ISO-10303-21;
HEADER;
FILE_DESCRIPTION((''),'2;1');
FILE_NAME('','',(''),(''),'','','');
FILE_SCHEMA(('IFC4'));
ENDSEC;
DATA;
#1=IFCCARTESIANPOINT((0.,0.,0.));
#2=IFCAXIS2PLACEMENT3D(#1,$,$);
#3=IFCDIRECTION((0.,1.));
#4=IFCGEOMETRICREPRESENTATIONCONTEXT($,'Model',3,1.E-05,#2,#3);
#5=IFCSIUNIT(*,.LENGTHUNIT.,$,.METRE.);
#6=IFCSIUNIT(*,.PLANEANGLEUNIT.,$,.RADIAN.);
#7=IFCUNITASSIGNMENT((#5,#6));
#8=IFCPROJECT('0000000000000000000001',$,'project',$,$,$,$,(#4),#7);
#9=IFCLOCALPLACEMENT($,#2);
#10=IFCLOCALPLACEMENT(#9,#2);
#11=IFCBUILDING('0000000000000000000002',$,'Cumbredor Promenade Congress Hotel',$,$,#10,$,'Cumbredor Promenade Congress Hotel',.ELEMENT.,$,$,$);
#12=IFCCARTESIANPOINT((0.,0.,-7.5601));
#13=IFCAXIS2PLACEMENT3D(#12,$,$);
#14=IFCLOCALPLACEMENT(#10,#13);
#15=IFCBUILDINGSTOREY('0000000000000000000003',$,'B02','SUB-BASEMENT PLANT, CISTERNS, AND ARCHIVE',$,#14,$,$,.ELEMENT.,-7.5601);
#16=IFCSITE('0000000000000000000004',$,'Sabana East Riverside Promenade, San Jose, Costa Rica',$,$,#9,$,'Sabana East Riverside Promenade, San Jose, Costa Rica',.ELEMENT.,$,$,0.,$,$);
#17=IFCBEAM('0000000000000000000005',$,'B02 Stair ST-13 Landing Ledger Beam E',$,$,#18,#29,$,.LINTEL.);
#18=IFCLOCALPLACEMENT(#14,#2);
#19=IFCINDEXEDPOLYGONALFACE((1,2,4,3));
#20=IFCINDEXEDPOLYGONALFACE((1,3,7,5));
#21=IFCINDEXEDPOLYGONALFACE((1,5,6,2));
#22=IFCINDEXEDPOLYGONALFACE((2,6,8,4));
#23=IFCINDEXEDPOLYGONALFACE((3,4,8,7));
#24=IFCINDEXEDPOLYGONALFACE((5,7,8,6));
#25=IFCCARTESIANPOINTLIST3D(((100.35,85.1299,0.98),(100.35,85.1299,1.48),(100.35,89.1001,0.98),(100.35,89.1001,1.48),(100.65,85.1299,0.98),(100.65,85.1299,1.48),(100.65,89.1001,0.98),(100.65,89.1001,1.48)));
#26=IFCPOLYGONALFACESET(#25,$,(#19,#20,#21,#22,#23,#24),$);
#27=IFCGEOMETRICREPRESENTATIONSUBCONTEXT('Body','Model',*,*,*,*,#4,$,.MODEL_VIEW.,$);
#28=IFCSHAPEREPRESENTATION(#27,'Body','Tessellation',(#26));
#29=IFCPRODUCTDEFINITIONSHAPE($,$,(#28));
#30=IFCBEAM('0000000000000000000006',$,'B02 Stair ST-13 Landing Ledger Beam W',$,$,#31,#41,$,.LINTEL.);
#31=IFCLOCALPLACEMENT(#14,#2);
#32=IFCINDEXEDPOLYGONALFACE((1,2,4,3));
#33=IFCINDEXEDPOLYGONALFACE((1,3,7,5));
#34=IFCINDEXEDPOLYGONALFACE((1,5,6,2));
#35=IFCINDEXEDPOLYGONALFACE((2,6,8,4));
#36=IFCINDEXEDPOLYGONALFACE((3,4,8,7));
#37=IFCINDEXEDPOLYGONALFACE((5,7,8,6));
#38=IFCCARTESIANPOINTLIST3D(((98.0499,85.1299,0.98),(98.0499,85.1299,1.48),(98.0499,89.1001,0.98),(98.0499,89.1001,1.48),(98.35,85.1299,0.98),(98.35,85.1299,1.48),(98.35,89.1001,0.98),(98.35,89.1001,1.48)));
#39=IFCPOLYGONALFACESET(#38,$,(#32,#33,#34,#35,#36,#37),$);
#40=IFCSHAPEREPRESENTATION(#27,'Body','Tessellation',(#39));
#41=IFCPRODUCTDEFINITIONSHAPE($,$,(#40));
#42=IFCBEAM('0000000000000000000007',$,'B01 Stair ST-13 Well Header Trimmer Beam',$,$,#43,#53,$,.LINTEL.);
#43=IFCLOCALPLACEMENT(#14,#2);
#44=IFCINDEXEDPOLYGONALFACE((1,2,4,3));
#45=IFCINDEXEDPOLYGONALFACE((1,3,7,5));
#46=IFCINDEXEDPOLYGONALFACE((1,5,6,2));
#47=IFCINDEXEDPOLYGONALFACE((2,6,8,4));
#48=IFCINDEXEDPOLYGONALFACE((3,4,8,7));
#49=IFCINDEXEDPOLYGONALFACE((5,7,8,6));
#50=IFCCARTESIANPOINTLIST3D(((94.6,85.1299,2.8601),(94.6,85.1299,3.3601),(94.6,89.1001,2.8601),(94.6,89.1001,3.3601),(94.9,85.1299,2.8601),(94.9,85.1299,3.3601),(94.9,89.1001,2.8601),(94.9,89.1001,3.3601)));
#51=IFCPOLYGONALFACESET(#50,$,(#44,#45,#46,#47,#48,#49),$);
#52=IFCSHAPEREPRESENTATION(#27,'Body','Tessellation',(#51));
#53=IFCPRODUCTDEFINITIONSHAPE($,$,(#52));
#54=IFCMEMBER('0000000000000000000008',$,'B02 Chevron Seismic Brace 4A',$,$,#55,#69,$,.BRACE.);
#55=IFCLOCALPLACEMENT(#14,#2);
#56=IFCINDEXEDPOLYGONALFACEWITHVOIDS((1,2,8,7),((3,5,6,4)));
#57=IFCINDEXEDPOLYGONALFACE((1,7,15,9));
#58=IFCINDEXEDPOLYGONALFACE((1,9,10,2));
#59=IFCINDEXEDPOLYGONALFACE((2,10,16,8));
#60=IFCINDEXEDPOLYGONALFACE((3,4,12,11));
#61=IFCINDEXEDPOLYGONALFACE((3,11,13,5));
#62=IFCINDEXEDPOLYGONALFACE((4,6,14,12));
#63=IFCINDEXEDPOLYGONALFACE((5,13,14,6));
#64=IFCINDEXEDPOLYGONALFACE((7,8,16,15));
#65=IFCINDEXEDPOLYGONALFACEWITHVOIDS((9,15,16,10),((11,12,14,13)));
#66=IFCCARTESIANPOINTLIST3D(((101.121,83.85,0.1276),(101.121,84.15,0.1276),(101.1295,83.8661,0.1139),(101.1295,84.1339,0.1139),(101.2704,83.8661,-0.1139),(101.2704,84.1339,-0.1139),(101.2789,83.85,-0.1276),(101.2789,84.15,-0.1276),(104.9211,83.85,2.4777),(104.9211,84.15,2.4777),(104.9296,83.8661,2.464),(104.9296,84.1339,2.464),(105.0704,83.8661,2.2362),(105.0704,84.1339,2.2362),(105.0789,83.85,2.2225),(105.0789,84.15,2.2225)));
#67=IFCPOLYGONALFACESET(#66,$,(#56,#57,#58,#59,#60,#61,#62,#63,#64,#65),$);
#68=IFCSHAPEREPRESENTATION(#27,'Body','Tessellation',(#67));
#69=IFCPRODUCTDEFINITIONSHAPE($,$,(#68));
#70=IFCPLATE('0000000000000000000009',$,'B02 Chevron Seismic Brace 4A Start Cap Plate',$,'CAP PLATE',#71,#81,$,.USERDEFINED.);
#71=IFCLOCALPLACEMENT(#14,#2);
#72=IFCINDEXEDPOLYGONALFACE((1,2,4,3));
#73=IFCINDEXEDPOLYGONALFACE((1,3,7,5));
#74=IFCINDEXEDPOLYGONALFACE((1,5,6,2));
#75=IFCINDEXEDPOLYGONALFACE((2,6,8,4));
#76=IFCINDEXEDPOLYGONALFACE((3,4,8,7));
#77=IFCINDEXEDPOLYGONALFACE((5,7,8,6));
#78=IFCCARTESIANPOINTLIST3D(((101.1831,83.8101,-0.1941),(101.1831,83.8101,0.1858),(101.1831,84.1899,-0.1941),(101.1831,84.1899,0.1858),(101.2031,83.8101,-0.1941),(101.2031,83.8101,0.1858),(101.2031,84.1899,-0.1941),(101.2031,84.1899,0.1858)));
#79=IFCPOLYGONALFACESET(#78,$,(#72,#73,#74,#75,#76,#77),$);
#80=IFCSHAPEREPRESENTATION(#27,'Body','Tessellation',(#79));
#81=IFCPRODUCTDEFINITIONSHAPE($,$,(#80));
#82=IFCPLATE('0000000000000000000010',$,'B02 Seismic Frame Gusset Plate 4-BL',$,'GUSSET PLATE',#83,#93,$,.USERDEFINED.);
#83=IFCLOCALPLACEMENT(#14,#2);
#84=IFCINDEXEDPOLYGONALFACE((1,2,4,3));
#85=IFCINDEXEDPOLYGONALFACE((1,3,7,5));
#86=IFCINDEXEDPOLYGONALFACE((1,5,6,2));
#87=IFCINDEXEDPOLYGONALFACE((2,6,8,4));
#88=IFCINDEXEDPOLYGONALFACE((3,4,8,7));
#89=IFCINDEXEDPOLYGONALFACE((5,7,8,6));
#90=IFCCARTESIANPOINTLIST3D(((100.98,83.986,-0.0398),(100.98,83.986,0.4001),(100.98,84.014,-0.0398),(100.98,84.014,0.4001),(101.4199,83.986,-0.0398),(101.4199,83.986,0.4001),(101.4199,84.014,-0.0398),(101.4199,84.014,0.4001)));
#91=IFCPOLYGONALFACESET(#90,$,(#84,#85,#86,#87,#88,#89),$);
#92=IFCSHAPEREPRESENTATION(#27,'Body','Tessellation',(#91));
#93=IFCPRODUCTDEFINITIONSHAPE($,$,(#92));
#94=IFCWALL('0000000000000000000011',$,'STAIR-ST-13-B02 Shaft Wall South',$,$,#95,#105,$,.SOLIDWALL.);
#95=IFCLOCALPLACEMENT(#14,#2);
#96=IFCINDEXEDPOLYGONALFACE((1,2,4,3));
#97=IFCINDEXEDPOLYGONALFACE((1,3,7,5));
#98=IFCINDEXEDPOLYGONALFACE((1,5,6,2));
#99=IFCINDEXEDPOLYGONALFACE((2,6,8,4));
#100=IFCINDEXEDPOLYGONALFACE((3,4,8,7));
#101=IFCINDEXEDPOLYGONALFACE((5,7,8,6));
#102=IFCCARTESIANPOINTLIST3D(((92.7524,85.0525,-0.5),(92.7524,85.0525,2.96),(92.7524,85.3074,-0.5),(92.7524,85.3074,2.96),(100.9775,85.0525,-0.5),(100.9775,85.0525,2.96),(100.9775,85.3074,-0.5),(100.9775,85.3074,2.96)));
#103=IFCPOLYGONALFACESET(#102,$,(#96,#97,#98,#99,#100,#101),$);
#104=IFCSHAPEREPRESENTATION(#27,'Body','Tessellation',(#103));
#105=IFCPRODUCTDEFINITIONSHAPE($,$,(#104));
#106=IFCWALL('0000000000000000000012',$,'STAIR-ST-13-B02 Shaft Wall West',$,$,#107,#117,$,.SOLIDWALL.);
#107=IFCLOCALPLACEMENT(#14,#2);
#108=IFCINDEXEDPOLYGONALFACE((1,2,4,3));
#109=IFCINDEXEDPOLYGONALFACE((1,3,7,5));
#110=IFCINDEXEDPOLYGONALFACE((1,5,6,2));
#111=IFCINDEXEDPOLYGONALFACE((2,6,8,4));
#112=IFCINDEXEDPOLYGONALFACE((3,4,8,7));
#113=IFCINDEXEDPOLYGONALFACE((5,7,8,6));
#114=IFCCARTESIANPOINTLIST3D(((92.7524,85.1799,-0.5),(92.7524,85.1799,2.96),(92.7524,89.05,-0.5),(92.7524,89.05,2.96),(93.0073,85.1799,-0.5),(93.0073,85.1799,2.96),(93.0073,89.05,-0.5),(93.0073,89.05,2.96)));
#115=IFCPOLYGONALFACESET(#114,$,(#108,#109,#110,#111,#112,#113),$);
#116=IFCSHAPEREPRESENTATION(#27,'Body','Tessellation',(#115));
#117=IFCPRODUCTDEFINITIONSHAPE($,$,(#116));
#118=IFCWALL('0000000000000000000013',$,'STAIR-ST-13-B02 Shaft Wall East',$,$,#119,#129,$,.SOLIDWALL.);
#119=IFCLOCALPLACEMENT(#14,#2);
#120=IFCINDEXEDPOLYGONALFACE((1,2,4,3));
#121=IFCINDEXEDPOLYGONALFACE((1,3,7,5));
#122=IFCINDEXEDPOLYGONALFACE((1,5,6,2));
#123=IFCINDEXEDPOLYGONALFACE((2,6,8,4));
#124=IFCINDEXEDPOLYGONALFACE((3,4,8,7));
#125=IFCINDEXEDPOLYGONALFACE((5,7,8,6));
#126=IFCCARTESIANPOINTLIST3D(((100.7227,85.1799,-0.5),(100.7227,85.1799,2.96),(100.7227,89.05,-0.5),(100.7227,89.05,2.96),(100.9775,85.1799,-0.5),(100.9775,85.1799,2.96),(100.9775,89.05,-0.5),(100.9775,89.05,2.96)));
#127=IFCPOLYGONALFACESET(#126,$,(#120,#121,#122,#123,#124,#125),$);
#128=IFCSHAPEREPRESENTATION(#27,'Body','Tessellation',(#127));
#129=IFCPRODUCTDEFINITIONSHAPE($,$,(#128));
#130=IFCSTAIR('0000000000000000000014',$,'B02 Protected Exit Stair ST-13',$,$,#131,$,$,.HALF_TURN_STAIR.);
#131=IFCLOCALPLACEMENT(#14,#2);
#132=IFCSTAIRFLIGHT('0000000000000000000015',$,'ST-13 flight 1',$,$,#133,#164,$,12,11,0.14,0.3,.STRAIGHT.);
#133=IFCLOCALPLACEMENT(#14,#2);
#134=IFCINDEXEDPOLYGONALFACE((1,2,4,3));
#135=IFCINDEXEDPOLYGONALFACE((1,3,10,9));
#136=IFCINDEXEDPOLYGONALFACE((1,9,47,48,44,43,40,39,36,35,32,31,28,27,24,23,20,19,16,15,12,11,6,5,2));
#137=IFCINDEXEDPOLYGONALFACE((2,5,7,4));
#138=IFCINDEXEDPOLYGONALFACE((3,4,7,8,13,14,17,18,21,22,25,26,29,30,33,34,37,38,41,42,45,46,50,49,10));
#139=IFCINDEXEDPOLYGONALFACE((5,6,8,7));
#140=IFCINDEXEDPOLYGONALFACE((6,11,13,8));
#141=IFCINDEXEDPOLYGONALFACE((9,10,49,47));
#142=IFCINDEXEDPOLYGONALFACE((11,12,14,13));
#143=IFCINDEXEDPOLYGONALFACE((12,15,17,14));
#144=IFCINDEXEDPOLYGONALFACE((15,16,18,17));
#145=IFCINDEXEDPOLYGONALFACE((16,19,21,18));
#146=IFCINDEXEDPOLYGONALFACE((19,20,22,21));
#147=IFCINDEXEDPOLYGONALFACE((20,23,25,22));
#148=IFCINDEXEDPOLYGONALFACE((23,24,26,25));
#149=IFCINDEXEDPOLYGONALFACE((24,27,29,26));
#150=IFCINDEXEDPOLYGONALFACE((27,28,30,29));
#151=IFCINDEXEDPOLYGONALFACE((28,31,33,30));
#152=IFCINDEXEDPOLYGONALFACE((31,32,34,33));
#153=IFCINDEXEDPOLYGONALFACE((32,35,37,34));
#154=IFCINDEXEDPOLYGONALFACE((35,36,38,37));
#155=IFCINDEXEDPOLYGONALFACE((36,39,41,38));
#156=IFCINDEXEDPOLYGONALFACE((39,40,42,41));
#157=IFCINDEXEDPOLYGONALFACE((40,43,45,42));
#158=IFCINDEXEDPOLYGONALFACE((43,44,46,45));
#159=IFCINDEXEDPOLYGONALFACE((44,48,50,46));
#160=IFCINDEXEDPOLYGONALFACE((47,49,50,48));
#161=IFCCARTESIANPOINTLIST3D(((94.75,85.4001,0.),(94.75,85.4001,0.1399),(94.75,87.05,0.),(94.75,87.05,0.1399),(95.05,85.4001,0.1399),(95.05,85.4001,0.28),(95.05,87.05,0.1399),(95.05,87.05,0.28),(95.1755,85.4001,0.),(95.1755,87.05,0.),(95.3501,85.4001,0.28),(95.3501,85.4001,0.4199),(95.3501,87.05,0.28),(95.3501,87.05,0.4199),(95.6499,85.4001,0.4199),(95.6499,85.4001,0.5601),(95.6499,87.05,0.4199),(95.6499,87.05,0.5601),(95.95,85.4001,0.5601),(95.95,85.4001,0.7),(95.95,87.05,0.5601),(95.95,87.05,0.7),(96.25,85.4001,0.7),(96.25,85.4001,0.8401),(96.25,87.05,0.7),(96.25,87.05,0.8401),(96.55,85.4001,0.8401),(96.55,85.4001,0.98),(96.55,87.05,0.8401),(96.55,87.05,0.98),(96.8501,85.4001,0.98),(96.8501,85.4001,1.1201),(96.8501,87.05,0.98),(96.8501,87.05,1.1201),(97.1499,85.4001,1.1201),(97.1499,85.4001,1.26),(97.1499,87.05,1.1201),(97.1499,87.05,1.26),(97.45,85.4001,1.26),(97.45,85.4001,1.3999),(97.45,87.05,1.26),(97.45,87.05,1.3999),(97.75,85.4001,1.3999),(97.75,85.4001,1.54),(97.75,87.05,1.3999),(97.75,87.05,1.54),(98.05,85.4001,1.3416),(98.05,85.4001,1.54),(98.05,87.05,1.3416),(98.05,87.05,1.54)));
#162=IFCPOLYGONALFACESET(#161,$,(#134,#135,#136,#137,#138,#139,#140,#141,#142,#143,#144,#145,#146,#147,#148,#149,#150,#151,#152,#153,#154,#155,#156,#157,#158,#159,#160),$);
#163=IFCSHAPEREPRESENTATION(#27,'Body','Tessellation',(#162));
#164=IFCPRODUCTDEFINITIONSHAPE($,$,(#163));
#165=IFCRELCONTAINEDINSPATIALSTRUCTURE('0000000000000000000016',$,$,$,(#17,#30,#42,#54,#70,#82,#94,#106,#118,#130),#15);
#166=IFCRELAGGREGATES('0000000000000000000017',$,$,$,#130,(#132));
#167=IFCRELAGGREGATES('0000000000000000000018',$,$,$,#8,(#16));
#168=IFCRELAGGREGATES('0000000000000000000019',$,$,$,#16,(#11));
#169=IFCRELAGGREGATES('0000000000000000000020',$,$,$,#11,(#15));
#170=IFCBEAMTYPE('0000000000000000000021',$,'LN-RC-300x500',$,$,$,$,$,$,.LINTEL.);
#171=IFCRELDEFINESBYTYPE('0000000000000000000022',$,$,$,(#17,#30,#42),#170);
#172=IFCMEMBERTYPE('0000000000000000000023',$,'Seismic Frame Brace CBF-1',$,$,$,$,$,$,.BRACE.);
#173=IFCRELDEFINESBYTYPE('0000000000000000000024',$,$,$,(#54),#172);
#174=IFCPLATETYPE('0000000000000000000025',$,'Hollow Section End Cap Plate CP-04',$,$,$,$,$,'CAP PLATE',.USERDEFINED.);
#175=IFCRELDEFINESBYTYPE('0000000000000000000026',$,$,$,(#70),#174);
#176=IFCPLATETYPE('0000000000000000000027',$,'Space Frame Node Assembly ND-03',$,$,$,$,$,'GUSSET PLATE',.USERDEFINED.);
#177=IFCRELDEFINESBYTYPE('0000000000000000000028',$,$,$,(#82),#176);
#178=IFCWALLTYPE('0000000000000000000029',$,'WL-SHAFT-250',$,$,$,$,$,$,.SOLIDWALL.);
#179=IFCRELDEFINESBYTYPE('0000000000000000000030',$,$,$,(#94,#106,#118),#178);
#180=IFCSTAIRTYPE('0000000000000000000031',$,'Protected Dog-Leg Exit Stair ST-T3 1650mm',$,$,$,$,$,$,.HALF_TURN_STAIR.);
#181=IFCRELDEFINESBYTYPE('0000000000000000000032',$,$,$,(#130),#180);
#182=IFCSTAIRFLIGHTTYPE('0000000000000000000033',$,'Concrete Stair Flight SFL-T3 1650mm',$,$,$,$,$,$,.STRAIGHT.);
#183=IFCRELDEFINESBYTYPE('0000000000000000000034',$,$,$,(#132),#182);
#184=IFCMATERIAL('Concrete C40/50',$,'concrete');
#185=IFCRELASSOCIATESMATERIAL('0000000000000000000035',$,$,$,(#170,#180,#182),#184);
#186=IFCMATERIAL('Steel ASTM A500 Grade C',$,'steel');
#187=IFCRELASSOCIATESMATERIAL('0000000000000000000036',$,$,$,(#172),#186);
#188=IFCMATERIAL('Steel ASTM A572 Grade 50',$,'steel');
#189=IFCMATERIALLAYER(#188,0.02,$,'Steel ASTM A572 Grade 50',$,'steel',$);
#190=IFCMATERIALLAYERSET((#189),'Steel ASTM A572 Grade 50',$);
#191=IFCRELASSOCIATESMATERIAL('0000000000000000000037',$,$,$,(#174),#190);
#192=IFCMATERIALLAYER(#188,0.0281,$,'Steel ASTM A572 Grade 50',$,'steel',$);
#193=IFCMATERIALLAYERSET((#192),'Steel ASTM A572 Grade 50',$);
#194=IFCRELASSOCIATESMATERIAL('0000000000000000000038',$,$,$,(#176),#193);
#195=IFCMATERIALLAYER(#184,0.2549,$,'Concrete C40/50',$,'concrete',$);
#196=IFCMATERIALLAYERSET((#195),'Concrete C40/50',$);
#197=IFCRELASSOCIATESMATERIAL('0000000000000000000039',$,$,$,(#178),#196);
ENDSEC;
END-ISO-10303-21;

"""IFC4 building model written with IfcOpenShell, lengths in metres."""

from ifc_helpers import new_model, si_unit, direction, frame, frame_2d, origin, origin_2d, place, context, subcontext, project, spatial, polyline, rectangle, hollow_rectangle, outline, extrude, material, layer, layer_set, material_profile, profile_set, type_object, element, aggregate, save


model = new_model("IFC4")

# Units and contexts
model_context = context("Model", 3, precision=1e-05, world=origin(), true_north=direction((0.0, 1.0)))
body_context = subcontext(model_context, "Body", "Model", "MODEL_VIEW")
ifc_project = project(units=[si_unit("LENGTHUNIT", "METRE"), si_unit("PLANEANGLEUNIT", "RADIAN")], contexts=[model_context])

# Site, building, storey
site_placement = place(None, origin())
site = spatial("IfcSite", under=ifc_project, at=site_placement, Name="Sabana East Riverside Promenade, San Jose, Costa Rica", LongName="Sabana East Riverside Promenade, San Jose, Costa Rica", CompositionType="ELEMENT", RefElevation=0.0)
building_placement = place(site_placement, origin())
building = spatial("IfcBuilding", under=site, at=building_placement, Name="Cumbredor Promenade Congress Hotel", LongName="Cumbredor Promenade Congress Hotel", CompositionType="ELEMENT")
storey_placement = place(building_placement, frame((0.0, 0.0, -7.5601)))
storey = spatial("IfcBuildingStorey", under=building, at=storey_placement, Name="B02", Description="SUB-BASEMENT PLANT, CISTERNS, AND ARCHIVE", CompositionType="ELEMENT", Elevation=-7.5601)

# Shared definitions
ifc_material_1 = material(Name="Concrete C40/50", Category="concrete")

# Beams
ifc_material_profile_1 = material_profile(ifc_material_1, rectangle(XDim=0.3, YDim=0.5, at=origin_2d()), Name="RC LINTEL 300x500")
ifc_profile_set_1 = profile_set([ifc_material_profile_1], Name="Concrete C40/50")
beam_type_1 = type_object("IfcBeamType", Name="LN-RC-300x500", PredefinedType="LINTEL", material=ifc_profile_set_1)
for number, where, z_axis, x_axis, name in (
    (1, (100.5, 85.1299, 1.23), (0.0, 1.0, 0.0), (-1.0, 0.0, 0.0), "B02 Stair ST-13 Landing Ledger Beam E"),
    (2, (98.2, 85.1299, 1.23), (0.0, 1.0, 0.0), (-1.0, 0.0, 0.0), "B02 Stair ST-13 Landing Ledger Beam W"),
    (3, (94.75, 85.1299, 3.1101), (0.0, 1.0, 0.0), (-1.0, 0.0, 0.0), "B01 Stair ST-13 Well Header Trimmer Beam"),
):
    element("IfcBeam", number, at=place(storey_placement, frame(where, z_axis=z_axis, x_axis=x_axis)), inside=storey, type_object=beam_type_1, Name=name, PredefinedType="LINTEL", context=body_context, shape_type="SweptSolid", body=[
        extrude(rectangle(XDim=0.3, YDim=0.5, at=origin_2d()), origin(), (0.0, 0.0, 1.0), 3.9702),
    ])

# Member
ifc_material_2 = material(Name="Steel ASTM A500 Grade C", Category="steel")
ifc_material_profile_2 = material_profile(ifc_material_2, hollow_rectangle(XDim=0.3, YDim=0.3, WallThickness=0.0161, at=origin_2d()), Name="HSS 300x300x16")
ifc_profile_set_2 = profile_set([ifc_material_profile_2], Name="Steel ASTM A500 Grade C")
member_type = type_object("IfcMemberType", Name="Seismic Frame Brace CBF-1", PredefinedType="BRACE", material=ifc_profile_set_2)
member_placement = place(storey_placement, frame((101.2, 84.0, 0.0), z_axis=(0.850497, 0.0, 0.52598), x_axis=(0.0, 1.0, 0.0)))
element("IfcMember", 4, at=member_placement, inside=storey, type_object=member_type, Name="B02 Chevron Seismic Brace 4A", PredefinedType="BRACE", context=body_context, shape_type="SweptSolid", body=[
    extrude(hollow_rectangle(XDim=0.3, YDim=0.3, WallThickness=0.0161, at=origin_2d()), origin(), (0.0, 0.0, 1.0), 4.468),
])

# Plates
ifc_material_3 = material(Name="Steel ASTM A572 Grade 50", Category="steel")
ifc_layer_1 = layer(ifc_material_3, 0.02, Name="Steel ASTM A572 Grade 50", Category="steel")
ifc_layer_set_1 = layer_set([ifc_layer_1], Name="Steel ASTM A572 Grade 50")
plate_type_1 = type_object("IfcPlateType", Name="Hollow Section End Cap Plate CP-04", ElementType="CAP PLATE", PredefinedType="USERDEFINED", material=ifc_layer_set_1)
plate_1_placement = place(storey_placement, frame((101.1931, 84.0, -0.1941), z_axis=(0.0, 0.0, 1.0), x_axis=(1.0, 0.0, 0.0)))
element("IfcPlate", 5, at=plate_1_placement, inside=storey, type_object=plate_type_1, Name="B02 Chevron Seismic Brace 4A Start Cap Plate", ObjectType="CAP PLATE", PredefinedType="USERDEFINED", context=body_context, shape_type="SweptSolid", body=[
    extrude(rectangle(XDim=0.02, YDim=0.3799, at=origin_2d()), origin(), (0.0, 0.0, 1.0), 0.3799),
])
ifc_layer_2 = layer(ifc_material_3, 0.0281, Name="Steel ASTM A572 Grade 50", Category="steel")
ifc_layer_set_2 = layer_set([ifc_layer_2], Name="Steel ASTM A572 Grade 50")
plate_type_2 = type_object("IfcPlateType", Name="Space Frame Node Assembly ND-03", ElementType="GUSSET PLATE", PredefinedType="USERDEFINED", material=ifc_layer_set_2)
plate_2_placement = place(storey_placement, frame((101.2, 84.0, -0.0398), z_axis=(0.0, 0.0, 1.0), x_axis=(1.0, 0.0, 0.0)))
element("IfcPlate", 6, at=plate_2_placement, inside=storey, type_object=plate_type_2, Name="B02 Seismic Frame Gusset Plate 4-BL", ObjectType="GUSSET PLATE", PredefinedType="USERDEFINED", context=body_context, shape_type="SweptSolid", body=[
    extrude(rectangle(XDim=0.4399, YDim=0.0281, at=origin_2d()), origin(), (0.0, 0.0, 1.0), 0.4399),
])

# Walls
ifc_layer_3 = layer(ifc_material_1, 0.2549, Name="Concrete C40/50", Category="concrete")
ifc_layer_set_3 = layer_set([ifc_layer_3], Name="Concrete C40/50")
wall_type = type_object("IfcWallType", Name="WL-SHAFT-250", PredefinedType="SOLIDWALL", material=ifc_layer_set_3)
wall_placement = place(storey_placement, frame((92.7524, 85.1799, -0.5), z_axis=(0.0, 0.0, 1.0), x_axis=(1.0, 0.0, 0.0)))
element("IfcWall", 7, at=wall_placement, inside=storey, type_object=wall_type, Name="STAIR-ST-13-B02 Shaft Wall South", PredefinedType="SOLIDWALL", context=body_context, shape_type="SweptSolid", body=[
    extrude(rectangle(XDim=8.2251, YDim=0.2549, at=frame_2d((4.1125, 0.0))), origin(), (0.0, 0.0, 1.0), 3.46),
])
for number, where, z_axis, x_axis, name in (
    (8, (92.8799, 85.1799, -0.5), (0.0, 0.0, 1.0), (0.0, 1.0, 0.0), "STAIR-ST-13-B02 Shaft Wall West"),
    (9, (100.8501, 85.1799, -0.5), (0.0, 0.0, 1.0), (0.0, 1.0, 0.0), "STAIR-ST-13-B02 Shaft Wall East"),
):
    element("IfcWall", number, at=place(storey_placement, frame(where, z_axis=z_axis, x_axis=x_axis)), inside=storey, type_object=wall_type, Name=name, PredefinedType="SOLIDWALL", context=body_context, shape_type="SweptSolid", body=[
        extrude(rectangle(XDim=3.8701, YDim=0.2549, at=frame_2d((1.9351, 0.0))), origin(), (0.0, 0.0, 1.0), 3.46),
    ])

# Stair, stair flight
stair_type = type_object("IfcStairType", Name="Protected Dog-Leg Exit Stair ST-T3 1650mm", PredefinedType="HALF_TURN_STAIR", material=ifc_material_1)
stair_placement = place(storey_placement, origin())
stair = element("IfcStair", 10, at=stair_placement, inside=storey, type_object=stair_type, Name="B02 Protected Exit Stair ST-13", PredefinedType="HALF_TURN_STAIR")
stair_flight_type = type_object("IfcStairFlightType", Name="Concrete Stair Flight SFL-T3 1650mm", PredefinedType="STRAIGHT", material=ifc_material_1)
stair_flight_1_placement = place(storey_placement, frame((94.75, 86.2251, 0.0), z_axis=(0.0, 0.0, 1.0), x_axis=(1.0, 0.0, 0.0)))
stair_flight_1 = element("IfcStairFlight", 11, at=stair_flight_1_placement, type_object=stair_flight_type, Name="ST-13 flight 1", NumberOfRisers=12, NumberOfTreads=11, PredefinedType="STRAIGHT", RiserHeight=0.14, TreadLength=0.3, context=body_context, shape_type="SweptSolid", body=[
    extrude(outline(polyline([(0.0, 0.0), (0.0, 0.1399), (0.3, 0.1399), (0.3, 0.28), (0.6001, 0.28), (0.6001, 0.4199), (0.8999, 0.4199), (0.8999, 0.5601), (1.2, 0.5601), (1.2, 0.7), (1.5, 0.7), (1.5, 0.8401), (1.8, 0.8401), (1.8, 0.98), (2.1001, 0.98), (2.1001, 1.1201), (2.3999, 1.1201), (2.3999, 1.26), (2.7, 1.26), (2.7, 1.3999), (3.0, 1.3999), (3.0, 1.54), (3.3, 1.54), (3.3, 1.6799), (3.3, 1.3416), (0.4255, 0.0), (0.0, 0.0)])), frame((0.0, 0.825, 0.0), z_axis=(0.0, -1.0, 0.0), x_axis=(1.0, 0.0, 0.0)), (0.0, 0.0, 1.0), 1.6499),
])
aggregate(stair, [stair_flight_1])

save(model, "model.ifc")
